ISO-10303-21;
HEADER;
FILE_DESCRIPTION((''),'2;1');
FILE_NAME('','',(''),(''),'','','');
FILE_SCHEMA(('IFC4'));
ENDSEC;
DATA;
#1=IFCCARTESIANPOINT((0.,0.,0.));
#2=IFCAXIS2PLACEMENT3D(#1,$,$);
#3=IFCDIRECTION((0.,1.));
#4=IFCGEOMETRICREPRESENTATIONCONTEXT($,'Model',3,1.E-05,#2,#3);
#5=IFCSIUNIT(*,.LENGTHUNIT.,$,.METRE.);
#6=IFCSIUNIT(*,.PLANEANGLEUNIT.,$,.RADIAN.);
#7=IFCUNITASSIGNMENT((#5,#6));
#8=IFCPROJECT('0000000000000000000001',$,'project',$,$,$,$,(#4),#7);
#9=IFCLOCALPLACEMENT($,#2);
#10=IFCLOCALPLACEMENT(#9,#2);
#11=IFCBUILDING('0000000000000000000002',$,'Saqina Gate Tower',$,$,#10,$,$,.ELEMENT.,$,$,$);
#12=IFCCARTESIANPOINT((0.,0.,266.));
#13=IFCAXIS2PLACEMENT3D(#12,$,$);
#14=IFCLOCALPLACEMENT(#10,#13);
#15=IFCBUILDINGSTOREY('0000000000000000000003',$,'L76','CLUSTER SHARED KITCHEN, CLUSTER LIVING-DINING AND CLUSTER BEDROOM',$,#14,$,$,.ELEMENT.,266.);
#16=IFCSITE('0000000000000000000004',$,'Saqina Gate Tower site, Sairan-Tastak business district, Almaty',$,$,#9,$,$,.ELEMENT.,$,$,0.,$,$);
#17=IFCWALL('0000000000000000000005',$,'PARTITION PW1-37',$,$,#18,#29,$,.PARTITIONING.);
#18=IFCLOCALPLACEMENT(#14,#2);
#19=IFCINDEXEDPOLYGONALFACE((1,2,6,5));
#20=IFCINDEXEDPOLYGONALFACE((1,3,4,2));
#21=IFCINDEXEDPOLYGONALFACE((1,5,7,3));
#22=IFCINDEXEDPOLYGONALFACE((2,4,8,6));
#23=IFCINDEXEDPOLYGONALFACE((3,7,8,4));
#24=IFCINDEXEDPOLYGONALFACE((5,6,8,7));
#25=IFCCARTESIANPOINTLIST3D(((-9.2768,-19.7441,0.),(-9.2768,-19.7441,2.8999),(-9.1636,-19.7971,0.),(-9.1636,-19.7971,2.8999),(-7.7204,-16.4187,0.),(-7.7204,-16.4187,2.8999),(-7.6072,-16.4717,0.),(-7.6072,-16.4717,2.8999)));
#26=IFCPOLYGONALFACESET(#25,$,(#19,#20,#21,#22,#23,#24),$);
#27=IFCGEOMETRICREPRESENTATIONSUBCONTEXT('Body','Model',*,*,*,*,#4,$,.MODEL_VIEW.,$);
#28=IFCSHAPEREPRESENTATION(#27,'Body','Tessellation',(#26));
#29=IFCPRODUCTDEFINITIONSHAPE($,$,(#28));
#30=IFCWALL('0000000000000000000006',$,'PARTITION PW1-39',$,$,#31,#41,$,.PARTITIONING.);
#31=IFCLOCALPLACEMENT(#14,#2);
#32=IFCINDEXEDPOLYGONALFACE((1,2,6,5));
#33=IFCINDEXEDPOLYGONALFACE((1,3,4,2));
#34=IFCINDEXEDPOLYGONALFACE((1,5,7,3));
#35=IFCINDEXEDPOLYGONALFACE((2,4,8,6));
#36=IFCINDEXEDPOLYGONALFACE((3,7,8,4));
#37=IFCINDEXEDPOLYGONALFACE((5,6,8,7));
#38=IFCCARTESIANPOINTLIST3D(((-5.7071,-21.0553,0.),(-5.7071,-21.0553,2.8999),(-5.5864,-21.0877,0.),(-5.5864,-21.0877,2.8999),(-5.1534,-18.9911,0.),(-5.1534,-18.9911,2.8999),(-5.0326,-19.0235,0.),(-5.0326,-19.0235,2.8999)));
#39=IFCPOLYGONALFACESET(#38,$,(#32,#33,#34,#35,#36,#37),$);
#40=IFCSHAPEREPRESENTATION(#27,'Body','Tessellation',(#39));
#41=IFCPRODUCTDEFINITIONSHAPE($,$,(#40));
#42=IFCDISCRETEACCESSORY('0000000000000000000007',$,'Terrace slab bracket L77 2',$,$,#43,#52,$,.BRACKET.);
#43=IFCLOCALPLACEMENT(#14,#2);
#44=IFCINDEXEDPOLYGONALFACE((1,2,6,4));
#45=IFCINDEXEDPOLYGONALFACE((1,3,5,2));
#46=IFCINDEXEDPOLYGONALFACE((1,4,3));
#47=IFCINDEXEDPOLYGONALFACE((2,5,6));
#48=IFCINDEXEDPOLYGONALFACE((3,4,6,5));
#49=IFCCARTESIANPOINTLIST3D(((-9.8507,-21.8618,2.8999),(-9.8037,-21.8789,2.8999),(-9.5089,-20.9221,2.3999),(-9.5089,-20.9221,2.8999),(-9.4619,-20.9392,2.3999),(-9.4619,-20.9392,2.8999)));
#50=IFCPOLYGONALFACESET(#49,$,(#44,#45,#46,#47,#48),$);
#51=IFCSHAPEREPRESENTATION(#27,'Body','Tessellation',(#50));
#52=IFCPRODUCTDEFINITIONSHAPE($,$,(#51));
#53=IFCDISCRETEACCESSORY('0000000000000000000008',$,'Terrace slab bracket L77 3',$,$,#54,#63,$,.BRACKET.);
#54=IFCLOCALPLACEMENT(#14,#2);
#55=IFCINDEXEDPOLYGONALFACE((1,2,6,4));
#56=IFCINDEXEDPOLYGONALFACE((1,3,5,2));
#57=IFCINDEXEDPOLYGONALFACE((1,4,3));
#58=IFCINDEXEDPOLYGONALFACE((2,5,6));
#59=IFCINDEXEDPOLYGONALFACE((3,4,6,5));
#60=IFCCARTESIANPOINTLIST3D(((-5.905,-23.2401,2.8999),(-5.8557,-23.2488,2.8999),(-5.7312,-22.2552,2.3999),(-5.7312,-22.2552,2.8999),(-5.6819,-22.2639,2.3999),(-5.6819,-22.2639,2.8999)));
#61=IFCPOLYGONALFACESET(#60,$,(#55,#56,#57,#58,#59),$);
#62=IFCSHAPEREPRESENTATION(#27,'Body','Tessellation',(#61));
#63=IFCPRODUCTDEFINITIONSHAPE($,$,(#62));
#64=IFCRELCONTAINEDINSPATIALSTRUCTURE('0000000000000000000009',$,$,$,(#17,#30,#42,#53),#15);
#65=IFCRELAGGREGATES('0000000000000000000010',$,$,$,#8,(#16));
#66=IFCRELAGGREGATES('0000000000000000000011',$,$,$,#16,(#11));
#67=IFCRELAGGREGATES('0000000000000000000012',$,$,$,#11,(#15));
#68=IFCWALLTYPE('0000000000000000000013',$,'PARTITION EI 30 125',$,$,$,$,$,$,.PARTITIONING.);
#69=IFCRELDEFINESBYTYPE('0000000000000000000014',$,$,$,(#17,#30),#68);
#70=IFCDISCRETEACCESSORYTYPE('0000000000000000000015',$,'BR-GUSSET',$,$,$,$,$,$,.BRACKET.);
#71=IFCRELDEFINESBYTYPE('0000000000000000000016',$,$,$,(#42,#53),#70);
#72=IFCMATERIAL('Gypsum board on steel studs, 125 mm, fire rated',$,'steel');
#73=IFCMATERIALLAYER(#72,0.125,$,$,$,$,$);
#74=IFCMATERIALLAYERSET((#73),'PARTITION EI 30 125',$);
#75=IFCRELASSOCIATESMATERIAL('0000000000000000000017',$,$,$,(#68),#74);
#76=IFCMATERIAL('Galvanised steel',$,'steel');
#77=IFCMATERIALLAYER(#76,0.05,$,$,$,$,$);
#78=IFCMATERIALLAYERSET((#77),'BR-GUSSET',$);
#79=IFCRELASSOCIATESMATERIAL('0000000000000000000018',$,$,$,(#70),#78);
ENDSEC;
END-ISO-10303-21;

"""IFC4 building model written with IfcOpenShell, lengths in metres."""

from ifc_helpers import new_model, si_unit, direction, frame, frame_2d, origin, place, context, subcontext, project, spatial, polyline, rectangle, outline, extrude, material, layer, layer_set, type_object, element, save


model = new_model("IFC4")

# Units and contexts
model_context = context("Model", 3, precision=1e-05, world=origin(), true_north=direction((0.0, 1.0)))
body_context = subcontext(model_context, "Body", "Model", "MODEL_VIEW")
ifc_project = project(units=[si_unit("LENGTHUNIT", "METRE"), si_unit("PLANEANGLEUNIT", "RADIAN")], contexts=[model_context])

# Site, building, storey
site_placement = place(None, origin())
site = spatial("IfcSite", under=ifc_project, at=site_placement, Name="Saqina Gate Tower site, Sairan-Tastak business district, Almaty", CompositionType="ELEMENT", RefElevation=0.0)
building_placement = place(site_placement, origin())
building = spatial("IfcBuilding", under=site, at=building_placement, Name="Saqina Gate Tower", CompositionType="ELEMENT")
storey_placement = place(building_placement, frame((0.0, 0.0, 266.0)))
storey = spatial("IfcBuildingStorey", under=building, at=storey_placement, Name="L76", Description="CLUSTER SHARED KITCHEN, CLUSTER LIVING-DINING AND CLUSTER BEDROOM", CompositionType="ELEMENT", Elevation=266.0)

# Walls
ifc_material_1 = material(Name="Gypsum board on steel studs, 125 mm, fire rated", Category="steel")
ifc_layer_1 = layer(ifc_material_1, 0.125)
ifc_layer_set_1 = layer_set([ifc_layer_1], Name="PARTITION EI 30 125")
wall_type_1 = type_object("IfcWallType", Name="PARTITION EI 30 125", PredefinedType="PARTITIONING", material=ifc_layer_set_1)
wall_1_placement = place(storey_placement, frame((-9.2202, -19.7708, 0.0), z_axis=(0.0, 0.0, 1.0), x_axis=(0.423897, 0.90571, 0.0)))
element("IfcWall", 1, at=wall_1_placement, inside=storey, type_object=wall_type_1, Name="PARTITION PW1-37", PredefinedType="PARTITIONING", context=body_context, shape_type="SweptSolid", body=[
    extrude(rectangle(XDim=3.6716, YDim=0.125, at=frame_2d((1.8359, 0.0))), origin(), (0.0, 0.0, 1.0), 2.8999),
])
wall_2_placement = place(storey_placement, frame((-5.6467, -21.0715, 0.0), z_axis=(0.0, 0.0, 1.0), x_axis=(0.259084, 0.965855, 0.0)))
element("IfcWall", 2, at=wall_2_placement, inside=storey, type_object=wall_type_1, Name="PARTITION PW1-39", PredefinedType="PARTITIONING", context=body_context, shape_type="SweptSolid", body=[
    extrude(rectangle(XDim=2.1372, YDim=0.125, at=frame_2d((1.0686, 0.0))), origin(), (0.0, 0.0, 1.0), 2.8999),
])

# Discrete accessories
ifc_material_2 = material(Name="Galvanised steel", Category="steel")
ifc_layer_2 = layer(ifc_material_2, 0.05)
ifc_layer_set_2 = layer_set([ifc_layer_2], Name="BR-GUSSET")
discrete_accessory_type = type_object("IfcDiscreteAccessoryType", Name="BR-GUSSET", PredefinedType="BRACKET", material=ifc_layer_set_2)
discrete_accessory_1_placement = place(storey_placement, frame((-9.4619, -20.9392, 2.3999), z_axis=(0.939765, -0.341821, 0.0), x_axis=(0.0, 0.0, 1.0)))
element("IfcDiscreteAccessory", 3, at=discrete_accessory_1_placement, inside=storey, type_object=discrete_accessory_type, Name="Terrace slab bracket L77 2", PredefinedType="BRACKET", context=body_context, shape_type="SweptSolid", body=[
    extrude(outline(polyline([(0.0, 0.0), (0.5, 0.0), (0.5, 0.9999), (0.0, 0.0)])), origin(), (0.0, 0.0, -1.0), 0.05),
])
discrete_accessory_2_placement = place(storey_placement, frame((-5.6819, -22.2639, 2.3999), z_axis=(0.984779, -0.173813, 0.0), x_axis=(0.0, 0.0, 1.0)))
element("IfcDiscreteAccessory", 4, at=discrete_accessory_2_placement, inside=storey, type_object=discrete_accessory_type, Name="Terrace slab bracket L77 3", PredefinedType="BRACKET", context=body_context, shape_type="SweptSolid", body=[
    extrude(outline(polyline([(0.0, 0.0), (0.5, 0.0), (0.5, 1.0001), (0.0, 0.0)])), origin(), (0.0, 0.0, -1.0), 0.05),
])

save(model, "model.ifc")
